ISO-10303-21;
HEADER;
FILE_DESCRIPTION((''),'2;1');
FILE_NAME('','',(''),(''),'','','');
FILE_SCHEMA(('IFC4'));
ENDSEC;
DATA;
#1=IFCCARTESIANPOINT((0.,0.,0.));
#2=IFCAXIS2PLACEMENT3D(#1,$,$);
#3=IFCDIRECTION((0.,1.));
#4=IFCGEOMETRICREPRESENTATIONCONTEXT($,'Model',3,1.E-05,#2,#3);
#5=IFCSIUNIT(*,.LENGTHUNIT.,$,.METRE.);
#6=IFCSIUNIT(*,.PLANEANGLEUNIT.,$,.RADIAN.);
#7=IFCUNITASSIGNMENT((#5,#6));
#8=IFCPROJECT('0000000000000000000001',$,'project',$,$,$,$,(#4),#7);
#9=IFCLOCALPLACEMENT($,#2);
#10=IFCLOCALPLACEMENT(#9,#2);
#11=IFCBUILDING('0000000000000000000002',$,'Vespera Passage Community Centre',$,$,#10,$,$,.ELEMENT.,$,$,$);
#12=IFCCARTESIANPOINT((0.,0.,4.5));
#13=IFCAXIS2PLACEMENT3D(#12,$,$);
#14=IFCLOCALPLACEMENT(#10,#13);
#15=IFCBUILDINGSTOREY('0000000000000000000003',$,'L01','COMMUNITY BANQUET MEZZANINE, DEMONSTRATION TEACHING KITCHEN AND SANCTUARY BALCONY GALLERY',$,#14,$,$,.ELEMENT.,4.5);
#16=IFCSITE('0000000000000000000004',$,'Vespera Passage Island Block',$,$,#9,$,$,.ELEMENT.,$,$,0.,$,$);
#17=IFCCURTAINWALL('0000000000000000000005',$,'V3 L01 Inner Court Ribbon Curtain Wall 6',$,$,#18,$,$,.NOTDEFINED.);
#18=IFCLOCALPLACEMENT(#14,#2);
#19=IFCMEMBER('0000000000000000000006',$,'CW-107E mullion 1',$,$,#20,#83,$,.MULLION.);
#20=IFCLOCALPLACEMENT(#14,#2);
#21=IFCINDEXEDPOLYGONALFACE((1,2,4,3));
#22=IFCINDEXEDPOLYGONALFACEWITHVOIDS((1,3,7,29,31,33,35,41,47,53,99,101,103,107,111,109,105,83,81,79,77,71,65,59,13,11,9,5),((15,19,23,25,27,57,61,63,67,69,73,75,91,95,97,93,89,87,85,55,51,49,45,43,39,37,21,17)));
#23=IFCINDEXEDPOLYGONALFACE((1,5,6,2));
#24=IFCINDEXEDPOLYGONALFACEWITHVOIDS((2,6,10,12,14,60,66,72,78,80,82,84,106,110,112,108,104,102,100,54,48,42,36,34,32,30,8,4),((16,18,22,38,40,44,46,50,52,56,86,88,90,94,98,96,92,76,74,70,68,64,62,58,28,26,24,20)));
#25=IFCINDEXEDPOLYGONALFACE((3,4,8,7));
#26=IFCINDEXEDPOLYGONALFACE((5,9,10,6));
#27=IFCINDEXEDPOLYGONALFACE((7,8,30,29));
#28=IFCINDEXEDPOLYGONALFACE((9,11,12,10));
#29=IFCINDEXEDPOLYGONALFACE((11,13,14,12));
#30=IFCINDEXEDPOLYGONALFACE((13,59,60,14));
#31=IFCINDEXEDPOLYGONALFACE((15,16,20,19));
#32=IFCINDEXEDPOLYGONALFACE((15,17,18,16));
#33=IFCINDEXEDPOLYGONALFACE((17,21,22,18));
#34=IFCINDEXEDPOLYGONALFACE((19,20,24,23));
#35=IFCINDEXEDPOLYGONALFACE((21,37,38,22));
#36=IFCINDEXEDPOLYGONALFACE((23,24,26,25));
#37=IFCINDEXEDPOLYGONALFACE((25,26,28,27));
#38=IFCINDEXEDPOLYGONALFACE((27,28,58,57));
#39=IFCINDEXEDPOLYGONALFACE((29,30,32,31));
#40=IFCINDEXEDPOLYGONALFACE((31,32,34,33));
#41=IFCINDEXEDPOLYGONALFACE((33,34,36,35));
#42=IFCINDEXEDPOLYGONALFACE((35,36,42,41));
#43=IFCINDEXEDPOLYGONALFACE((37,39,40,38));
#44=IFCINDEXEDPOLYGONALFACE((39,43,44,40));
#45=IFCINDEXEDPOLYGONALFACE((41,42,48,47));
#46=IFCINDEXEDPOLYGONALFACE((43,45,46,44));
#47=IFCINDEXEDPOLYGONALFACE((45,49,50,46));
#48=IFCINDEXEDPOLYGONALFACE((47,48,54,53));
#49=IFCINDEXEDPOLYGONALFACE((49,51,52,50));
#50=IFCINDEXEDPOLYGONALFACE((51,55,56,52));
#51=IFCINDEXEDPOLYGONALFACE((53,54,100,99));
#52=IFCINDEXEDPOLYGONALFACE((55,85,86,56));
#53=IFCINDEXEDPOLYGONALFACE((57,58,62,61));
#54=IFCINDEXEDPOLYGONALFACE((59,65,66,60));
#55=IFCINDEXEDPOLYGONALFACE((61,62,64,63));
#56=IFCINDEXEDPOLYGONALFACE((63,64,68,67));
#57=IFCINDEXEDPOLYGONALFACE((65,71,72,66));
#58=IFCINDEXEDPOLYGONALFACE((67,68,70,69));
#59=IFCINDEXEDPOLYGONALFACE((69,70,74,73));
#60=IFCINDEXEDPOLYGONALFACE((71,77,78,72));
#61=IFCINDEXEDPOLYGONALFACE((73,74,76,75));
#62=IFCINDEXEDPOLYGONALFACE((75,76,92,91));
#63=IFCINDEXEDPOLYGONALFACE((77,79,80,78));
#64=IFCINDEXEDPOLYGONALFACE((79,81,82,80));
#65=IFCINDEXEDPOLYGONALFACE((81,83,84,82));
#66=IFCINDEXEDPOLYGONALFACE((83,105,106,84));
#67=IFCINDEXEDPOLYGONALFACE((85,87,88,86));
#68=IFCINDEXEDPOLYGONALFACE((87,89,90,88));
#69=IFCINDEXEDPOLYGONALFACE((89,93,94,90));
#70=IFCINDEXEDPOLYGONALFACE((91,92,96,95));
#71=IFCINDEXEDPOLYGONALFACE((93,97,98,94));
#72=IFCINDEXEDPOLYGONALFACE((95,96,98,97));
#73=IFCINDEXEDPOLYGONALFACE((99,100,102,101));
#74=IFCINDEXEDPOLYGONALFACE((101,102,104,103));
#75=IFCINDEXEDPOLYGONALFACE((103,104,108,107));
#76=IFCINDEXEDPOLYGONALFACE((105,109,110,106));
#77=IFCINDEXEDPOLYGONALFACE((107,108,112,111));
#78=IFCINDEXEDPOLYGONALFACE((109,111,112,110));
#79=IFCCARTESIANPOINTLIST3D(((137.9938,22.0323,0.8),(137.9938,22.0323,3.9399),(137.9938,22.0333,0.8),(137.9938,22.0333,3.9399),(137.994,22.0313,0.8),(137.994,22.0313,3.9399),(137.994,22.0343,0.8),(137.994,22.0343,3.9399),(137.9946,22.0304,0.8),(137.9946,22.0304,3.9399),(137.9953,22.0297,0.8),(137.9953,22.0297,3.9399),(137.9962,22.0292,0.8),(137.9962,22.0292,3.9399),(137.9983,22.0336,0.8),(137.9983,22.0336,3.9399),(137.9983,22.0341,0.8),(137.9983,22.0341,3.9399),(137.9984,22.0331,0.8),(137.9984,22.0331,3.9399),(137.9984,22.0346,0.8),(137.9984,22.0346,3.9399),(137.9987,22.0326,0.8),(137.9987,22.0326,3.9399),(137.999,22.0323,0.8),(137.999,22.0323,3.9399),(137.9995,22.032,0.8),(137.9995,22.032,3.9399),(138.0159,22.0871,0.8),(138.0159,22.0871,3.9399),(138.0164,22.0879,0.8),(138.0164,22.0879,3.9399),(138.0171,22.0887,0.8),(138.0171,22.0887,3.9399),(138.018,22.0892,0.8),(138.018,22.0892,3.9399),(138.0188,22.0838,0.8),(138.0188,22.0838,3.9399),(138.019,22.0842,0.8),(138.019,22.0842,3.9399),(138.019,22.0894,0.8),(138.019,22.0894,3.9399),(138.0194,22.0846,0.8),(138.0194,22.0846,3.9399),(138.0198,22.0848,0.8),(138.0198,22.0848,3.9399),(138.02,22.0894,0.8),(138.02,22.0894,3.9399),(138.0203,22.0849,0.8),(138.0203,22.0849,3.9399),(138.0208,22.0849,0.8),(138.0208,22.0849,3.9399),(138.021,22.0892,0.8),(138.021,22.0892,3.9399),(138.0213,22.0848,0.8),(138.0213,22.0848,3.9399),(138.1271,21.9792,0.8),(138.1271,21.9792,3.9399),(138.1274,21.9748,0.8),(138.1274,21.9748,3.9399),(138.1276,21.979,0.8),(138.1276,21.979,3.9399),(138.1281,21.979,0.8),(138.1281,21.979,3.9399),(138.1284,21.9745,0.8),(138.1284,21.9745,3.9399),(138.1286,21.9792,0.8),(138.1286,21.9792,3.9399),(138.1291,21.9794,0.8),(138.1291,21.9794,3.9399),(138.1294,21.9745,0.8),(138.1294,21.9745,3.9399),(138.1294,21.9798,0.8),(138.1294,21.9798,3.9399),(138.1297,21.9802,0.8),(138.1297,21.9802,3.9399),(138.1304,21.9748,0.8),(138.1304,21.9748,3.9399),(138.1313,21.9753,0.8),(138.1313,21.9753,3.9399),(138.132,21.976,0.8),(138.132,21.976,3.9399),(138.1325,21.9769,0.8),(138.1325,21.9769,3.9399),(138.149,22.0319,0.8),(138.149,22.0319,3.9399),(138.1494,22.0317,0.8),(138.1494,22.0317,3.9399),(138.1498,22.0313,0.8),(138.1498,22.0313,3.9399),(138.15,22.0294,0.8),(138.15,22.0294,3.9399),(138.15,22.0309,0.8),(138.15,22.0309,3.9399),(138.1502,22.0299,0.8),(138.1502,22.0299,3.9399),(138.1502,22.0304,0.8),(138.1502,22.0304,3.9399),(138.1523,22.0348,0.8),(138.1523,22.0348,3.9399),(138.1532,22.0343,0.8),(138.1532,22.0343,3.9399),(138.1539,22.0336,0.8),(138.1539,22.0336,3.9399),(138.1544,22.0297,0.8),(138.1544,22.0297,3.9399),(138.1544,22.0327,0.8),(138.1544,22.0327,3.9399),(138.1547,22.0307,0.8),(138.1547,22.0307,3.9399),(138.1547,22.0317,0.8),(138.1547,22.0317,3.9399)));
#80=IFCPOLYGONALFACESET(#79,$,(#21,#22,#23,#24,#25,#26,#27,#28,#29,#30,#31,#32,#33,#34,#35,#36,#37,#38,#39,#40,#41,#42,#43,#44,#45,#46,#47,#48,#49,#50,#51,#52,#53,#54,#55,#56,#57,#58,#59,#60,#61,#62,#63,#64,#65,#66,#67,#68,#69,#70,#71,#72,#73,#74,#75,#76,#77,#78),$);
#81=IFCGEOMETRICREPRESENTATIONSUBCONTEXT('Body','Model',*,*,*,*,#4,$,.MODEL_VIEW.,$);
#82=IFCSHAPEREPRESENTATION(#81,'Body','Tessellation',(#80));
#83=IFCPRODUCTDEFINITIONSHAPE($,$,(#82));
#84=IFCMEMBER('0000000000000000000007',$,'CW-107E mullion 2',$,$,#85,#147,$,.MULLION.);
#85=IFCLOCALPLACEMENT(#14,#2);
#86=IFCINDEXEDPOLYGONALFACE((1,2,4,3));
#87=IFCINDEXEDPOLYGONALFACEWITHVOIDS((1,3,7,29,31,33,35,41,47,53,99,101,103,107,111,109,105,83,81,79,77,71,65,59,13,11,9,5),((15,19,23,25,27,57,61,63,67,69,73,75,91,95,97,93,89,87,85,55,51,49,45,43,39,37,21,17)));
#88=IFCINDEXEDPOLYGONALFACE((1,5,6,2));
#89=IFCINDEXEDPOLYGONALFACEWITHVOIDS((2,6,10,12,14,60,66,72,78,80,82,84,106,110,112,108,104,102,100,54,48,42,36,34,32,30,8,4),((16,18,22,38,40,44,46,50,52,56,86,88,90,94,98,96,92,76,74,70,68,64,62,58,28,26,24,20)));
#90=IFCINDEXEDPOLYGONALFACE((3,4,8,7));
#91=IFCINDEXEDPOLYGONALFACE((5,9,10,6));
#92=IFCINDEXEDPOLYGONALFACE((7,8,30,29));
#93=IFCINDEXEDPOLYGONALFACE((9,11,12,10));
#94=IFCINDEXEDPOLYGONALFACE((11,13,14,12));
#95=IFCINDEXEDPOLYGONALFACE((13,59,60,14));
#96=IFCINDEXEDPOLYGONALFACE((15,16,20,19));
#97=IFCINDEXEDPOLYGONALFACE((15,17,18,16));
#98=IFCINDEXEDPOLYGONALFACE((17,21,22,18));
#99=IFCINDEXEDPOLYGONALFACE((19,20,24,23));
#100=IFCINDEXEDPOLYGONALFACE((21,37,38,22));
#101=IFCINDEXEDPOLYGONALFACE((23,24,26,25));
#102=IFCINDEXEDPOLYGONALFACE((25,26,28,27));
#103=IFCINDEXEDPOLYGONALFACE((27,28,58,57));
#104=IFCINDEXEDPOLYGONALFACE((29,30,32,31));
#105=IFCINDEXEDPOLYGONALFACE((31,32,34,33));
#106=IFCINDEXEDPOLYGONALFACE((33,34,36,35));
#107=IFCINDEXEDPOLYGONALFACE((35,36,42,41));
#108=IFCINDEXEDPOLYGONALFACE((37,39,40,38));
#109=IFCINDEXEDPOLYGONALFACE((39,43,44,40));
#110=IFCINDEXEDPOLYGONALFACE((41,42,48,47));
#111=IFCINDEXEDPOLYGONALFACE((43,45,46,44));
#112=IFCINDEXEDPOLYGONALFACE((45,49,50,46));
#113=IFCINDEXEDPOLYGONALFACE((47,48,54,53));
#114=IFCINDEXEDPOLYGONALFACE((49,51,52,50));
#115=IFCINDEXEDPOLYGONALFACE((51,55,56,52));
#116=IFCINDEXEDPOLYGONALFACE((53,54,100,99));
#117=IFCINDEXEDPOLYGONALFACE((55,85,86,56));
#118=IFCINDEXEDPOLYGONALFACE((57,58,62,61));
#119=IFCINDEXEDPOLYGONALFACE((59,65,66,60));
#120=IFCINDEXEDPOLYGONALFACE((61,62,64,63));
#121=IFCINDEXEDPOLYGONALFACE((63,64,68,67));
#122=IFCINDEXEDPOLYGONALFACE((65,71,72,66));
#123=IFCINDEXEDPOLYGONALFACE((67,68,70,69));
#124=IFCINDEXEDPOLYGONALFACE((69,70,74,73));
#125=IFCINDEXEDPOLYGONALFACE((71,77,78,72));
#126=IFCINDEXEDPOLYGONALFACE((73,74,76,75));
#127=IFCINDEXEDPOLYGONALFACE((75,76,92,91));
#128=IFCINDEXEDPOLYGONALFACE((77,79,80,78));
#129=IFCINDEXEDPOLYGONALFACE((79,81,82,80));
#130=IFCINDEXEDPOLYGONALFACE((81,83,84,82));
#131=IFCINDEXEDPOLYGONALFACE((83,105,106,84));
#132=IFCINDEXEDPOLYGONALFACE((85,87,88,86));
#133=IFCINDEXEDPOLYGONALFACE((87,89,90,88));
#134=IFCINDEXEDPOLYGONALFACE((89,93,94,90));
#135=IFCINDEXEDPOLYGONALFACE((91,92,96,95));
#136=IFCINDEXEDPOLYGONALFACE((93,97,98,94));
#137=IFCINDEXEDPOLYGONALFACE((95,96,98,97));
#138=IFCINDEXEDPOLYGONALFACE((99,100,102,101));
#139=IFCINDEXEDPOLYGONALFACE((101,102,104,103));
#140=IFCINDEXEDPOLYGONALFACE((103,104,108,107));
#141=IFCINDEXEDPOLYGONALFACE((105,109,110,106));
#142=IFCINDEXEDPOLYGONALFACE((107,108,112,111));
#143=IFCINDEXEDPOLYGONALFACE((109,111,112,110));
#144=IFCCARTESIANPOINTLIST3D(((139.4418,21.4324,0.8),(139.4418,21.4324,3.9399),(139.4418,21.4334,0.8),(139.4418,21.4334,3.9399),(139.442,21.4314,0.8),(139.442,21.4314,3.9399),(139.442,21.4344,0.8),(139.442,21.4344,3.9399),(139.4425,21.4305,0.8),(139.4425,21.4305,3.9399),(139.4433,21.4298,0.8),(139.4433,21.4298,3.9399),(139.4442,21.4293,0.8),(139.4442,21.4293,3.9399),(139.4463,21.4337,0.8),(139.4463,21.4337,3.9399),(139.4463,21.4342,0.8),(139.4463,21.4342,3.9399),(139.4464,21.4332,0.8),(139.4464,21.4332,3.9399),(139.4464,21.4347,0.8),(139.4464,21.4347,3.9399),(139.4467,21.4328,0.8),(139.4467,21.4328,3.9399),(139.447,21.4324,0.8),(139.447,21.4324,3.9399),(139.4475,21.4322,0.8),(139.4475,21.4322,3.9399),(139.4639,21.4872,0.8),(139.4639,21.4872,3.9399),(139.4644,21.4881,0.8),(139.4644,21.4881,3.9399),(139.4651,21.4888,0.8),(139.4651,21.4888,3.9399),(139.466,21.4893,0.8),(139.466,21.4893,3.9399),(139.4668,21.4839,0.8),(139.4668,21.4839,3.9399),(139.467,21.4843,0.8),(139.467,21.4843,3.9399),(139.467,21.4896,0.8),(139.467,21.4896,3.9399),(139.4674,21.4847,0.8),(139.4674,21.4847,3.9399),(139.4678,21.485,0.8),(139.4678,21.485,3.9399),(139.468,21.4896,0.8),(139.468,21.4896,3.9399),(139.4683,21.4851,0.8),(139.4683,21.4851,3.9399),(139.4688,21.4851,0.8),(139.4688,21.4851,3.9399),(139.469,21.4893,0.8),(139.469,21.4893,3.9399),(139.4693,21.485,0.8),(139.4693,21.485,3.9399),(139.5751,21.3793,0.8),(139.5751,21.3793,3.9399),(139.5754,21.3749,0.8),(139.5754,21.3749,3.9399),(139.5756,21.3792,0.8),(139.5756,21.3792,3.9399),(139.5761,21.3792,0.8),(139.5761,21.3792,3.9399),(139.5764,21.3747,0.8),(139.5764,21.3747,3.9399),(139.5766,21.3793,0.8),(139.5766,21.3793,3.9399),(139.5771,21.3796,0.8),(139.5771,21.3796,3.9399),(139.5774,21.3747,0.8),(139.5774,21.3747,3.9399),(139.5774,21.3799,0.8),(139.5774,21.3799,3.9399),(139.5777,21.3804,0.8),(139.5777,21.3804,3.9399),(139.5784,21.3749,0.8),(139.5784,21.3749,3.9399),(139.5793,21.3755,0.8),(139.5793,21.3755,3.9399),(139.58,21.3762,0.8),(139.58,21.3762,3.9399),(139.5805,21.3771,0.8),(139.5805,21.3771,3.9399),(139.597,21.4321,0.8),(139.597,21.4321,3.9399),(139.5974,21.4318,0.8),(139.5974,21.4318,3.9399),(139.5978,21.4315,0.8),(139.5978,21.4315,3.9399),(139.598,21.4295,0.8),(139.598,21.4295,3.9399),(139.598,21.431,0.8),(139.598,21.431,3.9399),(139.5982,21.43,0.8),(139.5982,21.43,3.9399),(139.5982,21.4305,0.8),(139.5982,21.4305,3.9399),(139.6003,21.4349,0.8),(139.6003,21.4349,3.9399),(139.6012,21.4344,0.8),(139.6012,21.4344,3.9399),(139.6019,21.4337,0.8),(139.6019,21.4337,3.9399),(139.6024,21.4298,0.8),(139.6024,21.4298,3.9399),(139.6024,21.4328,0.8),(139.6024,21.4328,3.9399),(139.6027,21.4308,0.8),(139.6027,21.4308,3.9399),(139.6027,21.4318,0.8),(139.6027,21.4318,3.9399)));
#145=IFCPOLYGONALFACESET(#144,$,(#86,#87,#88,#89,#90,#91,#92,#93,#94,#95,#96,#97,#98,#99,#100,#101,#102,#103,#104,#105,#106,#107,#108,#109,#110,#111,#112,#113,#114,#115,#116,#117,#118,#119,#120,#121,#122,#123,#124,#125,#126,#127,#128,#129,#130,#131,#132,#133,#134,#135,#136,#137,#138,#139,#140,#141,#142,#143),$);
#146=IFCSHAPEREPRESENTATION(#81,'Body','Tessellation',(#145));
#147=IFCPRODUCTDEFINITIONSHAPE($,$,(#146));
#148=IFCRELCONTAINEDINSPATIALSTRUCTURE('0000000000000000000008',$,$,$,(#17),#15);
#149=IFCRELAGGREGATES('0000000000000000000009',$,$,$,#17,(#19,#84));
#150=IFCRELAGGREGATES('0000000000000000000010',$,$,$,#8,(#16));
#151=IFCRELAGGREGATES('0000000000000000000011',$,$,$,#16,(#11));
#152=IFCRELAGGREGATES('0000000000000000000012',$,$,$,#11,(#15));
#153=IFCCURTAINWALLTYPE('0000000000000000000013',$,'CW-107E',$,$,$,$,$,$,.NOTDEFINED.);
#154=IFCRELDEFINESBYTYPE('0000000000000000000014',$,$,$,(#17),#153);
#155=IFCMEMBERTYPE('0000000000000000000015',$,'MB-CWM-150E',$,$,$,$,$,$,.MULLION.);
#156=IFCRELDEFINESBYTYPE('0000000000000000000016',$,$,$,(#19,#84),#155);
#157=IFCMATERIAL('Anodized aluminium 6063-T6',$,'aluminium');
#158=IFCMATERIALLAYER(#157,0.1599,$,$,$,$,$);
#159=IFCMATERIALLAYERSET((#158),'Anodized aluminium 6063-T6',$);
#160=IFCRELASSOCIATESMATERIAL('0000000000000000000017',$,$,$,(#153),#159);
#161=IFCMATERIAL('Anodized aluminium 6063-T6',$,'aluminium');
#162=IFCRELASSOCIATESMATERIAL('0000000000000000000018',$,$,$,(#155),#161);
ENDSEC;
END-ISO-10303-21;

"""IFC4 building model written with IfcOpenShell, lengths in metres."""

from ifc_helpers import new_model, si_unit, direction, frame, origin, origin_2d, place, context, subcontext, project, spatial, hollow_rectangle, extrude, material, layer, layer_set, material_profile, profile_set, type_object, element, aggregate, save


model = new_model("IFC4")

# Units and contexts
model_context = context("Model", 3, precision=1e-05, world=origin(), true_north=direction((0.0, 1.0)))
body_context = subcontext(model_context, "Body", "Model", "MODEL_VIEW")
ifc_project = project(units=[si_unit("LENGTHUNIT", "METRE"), si_unit("PLANEANGLEUNIT", "RADIAN")], contexts=[model_context])

# Site, building, storey
site_placement = place(None, origin())
site = spatial("IfcSite", under=ifc_project, at=site_placement, Name="Vespera Passage Island Block", CompositionType="ELEMENT", RefElevation=0.0)
building_placement = place(site_placement, origin())
building = spatial("IfcBuilding", under=site, at=building_placement, Name="Vespera Passage Community Centre", CompositionType="ELEMENT")
storey_placement = place(building_placement, frame((0.0, 0.0, 4.5)))
storey = spatial("IfcBuildingStorey", under=building, at=storey_placement, Name="L01", Description="COMMUNITY BANQUET MEZZANINE, DEMONSTRATION TEACHING KITCHEN AND SANCTUARY BALCONY GALLERY", CompositionType="ELEMENT", Elevation=4.5)

# Shared definitions
ifc_material_1 = material(Name="Anodized aluminium 6063-T6", Category="aluminium")
ifc_layer_1 = layer(ifc_material_1, 0.1599)
ifc_layer_set_1 = layer_set([ifc_layer_1], Name="Anodized aluminium 6063-T6")
curtain_wall_type = type_object("IfcCurtainWallType", Name="CW-107E", PredefinedType="NOTDEFINED", material=ifc_layer_set_1)
ifc_material_2 = material(Name="Anodized aluminium 6063-T6", Category="aluminium")
ifc_material_profile_1 = material_profile(ifc_material_2, hollow_rectangle(XDim=0.0649, YDim=0.1499, WallThickness=0.0039, InnerFilletRadius=0.002, OuterFilletRadius=0.0039, at=origin_2d()), Name="ALU150X65X4")
ifc_profile_set_1 = profile_set([ifc_material_profile_1], Name="Anodized aluminium 6063-T6")
member_type_1 = type_object("IfcMemberType", Name="MB-CWM-150E", PredefinedType="MULLION", material=ifc_profile_set_1)

# Curtain wall, members
curtain_wall_1_placement = place(storey_placement, origin())
curtain_wall_1 = element("IfcCurtainWall", 1, at=curtain_wall_1_placement, inside=storey, type_object=curtain_wall_type, Name="V3 L01 Inner Court Ribbon Curtain Wall 6", PredefinedType="NOTDEFINED")
member_1_placement = place(storey_placement, frame((138.0742, 22.032, 0.8), z_axis=(0.0, 0.0, 1.0), x_axis=(0.382686, 0.923879, 0.0)))
member_1 = element("IfcMember", 2, at=member_1_placement, type_object=member_type_1, Name="CW-107E mullion 1", PredefinedType="MULLION", context=body_context, shape_type="SweptSolid", body=[
    extrude(hollow_rectangle(XDim=0.0649, YDim=0.1499, WallThickness=0.0039, InnerFilletRadius=0.002, OuterFilletRadius=0.0039, at=origin_2d()), origin(), (0.0, 0.0, 1.0), 3.1399),
])
member_2_placement = place(storey_placement, frame((139.5222, 21.4321, 0.8), z_axis=(0.0, 0.0, 1.0), x_axis=(0.382686, 0.923879, 0.0)))
member_2 = element("IfcMember", 3, at=member_2_placement, type_object=member_type_1, Name="CW-107E mullion 2", PredefinedType="MULLION", context=body_context, shape_type="SweptSolid", body=[
    extrude(hollow_rectangle(XDim=0.0649, YDim=0.1499, WallThickness=0.0039, InnerFilletRadius=0.002, OuterFilletRadius=0.0039, at=origin_2d()), origin(), (0.0, 0.0, 1.0), 3.1399),
])

aggregate(curtain_wall_1, [member_1, member_2])

save(model, "model.ifc")
